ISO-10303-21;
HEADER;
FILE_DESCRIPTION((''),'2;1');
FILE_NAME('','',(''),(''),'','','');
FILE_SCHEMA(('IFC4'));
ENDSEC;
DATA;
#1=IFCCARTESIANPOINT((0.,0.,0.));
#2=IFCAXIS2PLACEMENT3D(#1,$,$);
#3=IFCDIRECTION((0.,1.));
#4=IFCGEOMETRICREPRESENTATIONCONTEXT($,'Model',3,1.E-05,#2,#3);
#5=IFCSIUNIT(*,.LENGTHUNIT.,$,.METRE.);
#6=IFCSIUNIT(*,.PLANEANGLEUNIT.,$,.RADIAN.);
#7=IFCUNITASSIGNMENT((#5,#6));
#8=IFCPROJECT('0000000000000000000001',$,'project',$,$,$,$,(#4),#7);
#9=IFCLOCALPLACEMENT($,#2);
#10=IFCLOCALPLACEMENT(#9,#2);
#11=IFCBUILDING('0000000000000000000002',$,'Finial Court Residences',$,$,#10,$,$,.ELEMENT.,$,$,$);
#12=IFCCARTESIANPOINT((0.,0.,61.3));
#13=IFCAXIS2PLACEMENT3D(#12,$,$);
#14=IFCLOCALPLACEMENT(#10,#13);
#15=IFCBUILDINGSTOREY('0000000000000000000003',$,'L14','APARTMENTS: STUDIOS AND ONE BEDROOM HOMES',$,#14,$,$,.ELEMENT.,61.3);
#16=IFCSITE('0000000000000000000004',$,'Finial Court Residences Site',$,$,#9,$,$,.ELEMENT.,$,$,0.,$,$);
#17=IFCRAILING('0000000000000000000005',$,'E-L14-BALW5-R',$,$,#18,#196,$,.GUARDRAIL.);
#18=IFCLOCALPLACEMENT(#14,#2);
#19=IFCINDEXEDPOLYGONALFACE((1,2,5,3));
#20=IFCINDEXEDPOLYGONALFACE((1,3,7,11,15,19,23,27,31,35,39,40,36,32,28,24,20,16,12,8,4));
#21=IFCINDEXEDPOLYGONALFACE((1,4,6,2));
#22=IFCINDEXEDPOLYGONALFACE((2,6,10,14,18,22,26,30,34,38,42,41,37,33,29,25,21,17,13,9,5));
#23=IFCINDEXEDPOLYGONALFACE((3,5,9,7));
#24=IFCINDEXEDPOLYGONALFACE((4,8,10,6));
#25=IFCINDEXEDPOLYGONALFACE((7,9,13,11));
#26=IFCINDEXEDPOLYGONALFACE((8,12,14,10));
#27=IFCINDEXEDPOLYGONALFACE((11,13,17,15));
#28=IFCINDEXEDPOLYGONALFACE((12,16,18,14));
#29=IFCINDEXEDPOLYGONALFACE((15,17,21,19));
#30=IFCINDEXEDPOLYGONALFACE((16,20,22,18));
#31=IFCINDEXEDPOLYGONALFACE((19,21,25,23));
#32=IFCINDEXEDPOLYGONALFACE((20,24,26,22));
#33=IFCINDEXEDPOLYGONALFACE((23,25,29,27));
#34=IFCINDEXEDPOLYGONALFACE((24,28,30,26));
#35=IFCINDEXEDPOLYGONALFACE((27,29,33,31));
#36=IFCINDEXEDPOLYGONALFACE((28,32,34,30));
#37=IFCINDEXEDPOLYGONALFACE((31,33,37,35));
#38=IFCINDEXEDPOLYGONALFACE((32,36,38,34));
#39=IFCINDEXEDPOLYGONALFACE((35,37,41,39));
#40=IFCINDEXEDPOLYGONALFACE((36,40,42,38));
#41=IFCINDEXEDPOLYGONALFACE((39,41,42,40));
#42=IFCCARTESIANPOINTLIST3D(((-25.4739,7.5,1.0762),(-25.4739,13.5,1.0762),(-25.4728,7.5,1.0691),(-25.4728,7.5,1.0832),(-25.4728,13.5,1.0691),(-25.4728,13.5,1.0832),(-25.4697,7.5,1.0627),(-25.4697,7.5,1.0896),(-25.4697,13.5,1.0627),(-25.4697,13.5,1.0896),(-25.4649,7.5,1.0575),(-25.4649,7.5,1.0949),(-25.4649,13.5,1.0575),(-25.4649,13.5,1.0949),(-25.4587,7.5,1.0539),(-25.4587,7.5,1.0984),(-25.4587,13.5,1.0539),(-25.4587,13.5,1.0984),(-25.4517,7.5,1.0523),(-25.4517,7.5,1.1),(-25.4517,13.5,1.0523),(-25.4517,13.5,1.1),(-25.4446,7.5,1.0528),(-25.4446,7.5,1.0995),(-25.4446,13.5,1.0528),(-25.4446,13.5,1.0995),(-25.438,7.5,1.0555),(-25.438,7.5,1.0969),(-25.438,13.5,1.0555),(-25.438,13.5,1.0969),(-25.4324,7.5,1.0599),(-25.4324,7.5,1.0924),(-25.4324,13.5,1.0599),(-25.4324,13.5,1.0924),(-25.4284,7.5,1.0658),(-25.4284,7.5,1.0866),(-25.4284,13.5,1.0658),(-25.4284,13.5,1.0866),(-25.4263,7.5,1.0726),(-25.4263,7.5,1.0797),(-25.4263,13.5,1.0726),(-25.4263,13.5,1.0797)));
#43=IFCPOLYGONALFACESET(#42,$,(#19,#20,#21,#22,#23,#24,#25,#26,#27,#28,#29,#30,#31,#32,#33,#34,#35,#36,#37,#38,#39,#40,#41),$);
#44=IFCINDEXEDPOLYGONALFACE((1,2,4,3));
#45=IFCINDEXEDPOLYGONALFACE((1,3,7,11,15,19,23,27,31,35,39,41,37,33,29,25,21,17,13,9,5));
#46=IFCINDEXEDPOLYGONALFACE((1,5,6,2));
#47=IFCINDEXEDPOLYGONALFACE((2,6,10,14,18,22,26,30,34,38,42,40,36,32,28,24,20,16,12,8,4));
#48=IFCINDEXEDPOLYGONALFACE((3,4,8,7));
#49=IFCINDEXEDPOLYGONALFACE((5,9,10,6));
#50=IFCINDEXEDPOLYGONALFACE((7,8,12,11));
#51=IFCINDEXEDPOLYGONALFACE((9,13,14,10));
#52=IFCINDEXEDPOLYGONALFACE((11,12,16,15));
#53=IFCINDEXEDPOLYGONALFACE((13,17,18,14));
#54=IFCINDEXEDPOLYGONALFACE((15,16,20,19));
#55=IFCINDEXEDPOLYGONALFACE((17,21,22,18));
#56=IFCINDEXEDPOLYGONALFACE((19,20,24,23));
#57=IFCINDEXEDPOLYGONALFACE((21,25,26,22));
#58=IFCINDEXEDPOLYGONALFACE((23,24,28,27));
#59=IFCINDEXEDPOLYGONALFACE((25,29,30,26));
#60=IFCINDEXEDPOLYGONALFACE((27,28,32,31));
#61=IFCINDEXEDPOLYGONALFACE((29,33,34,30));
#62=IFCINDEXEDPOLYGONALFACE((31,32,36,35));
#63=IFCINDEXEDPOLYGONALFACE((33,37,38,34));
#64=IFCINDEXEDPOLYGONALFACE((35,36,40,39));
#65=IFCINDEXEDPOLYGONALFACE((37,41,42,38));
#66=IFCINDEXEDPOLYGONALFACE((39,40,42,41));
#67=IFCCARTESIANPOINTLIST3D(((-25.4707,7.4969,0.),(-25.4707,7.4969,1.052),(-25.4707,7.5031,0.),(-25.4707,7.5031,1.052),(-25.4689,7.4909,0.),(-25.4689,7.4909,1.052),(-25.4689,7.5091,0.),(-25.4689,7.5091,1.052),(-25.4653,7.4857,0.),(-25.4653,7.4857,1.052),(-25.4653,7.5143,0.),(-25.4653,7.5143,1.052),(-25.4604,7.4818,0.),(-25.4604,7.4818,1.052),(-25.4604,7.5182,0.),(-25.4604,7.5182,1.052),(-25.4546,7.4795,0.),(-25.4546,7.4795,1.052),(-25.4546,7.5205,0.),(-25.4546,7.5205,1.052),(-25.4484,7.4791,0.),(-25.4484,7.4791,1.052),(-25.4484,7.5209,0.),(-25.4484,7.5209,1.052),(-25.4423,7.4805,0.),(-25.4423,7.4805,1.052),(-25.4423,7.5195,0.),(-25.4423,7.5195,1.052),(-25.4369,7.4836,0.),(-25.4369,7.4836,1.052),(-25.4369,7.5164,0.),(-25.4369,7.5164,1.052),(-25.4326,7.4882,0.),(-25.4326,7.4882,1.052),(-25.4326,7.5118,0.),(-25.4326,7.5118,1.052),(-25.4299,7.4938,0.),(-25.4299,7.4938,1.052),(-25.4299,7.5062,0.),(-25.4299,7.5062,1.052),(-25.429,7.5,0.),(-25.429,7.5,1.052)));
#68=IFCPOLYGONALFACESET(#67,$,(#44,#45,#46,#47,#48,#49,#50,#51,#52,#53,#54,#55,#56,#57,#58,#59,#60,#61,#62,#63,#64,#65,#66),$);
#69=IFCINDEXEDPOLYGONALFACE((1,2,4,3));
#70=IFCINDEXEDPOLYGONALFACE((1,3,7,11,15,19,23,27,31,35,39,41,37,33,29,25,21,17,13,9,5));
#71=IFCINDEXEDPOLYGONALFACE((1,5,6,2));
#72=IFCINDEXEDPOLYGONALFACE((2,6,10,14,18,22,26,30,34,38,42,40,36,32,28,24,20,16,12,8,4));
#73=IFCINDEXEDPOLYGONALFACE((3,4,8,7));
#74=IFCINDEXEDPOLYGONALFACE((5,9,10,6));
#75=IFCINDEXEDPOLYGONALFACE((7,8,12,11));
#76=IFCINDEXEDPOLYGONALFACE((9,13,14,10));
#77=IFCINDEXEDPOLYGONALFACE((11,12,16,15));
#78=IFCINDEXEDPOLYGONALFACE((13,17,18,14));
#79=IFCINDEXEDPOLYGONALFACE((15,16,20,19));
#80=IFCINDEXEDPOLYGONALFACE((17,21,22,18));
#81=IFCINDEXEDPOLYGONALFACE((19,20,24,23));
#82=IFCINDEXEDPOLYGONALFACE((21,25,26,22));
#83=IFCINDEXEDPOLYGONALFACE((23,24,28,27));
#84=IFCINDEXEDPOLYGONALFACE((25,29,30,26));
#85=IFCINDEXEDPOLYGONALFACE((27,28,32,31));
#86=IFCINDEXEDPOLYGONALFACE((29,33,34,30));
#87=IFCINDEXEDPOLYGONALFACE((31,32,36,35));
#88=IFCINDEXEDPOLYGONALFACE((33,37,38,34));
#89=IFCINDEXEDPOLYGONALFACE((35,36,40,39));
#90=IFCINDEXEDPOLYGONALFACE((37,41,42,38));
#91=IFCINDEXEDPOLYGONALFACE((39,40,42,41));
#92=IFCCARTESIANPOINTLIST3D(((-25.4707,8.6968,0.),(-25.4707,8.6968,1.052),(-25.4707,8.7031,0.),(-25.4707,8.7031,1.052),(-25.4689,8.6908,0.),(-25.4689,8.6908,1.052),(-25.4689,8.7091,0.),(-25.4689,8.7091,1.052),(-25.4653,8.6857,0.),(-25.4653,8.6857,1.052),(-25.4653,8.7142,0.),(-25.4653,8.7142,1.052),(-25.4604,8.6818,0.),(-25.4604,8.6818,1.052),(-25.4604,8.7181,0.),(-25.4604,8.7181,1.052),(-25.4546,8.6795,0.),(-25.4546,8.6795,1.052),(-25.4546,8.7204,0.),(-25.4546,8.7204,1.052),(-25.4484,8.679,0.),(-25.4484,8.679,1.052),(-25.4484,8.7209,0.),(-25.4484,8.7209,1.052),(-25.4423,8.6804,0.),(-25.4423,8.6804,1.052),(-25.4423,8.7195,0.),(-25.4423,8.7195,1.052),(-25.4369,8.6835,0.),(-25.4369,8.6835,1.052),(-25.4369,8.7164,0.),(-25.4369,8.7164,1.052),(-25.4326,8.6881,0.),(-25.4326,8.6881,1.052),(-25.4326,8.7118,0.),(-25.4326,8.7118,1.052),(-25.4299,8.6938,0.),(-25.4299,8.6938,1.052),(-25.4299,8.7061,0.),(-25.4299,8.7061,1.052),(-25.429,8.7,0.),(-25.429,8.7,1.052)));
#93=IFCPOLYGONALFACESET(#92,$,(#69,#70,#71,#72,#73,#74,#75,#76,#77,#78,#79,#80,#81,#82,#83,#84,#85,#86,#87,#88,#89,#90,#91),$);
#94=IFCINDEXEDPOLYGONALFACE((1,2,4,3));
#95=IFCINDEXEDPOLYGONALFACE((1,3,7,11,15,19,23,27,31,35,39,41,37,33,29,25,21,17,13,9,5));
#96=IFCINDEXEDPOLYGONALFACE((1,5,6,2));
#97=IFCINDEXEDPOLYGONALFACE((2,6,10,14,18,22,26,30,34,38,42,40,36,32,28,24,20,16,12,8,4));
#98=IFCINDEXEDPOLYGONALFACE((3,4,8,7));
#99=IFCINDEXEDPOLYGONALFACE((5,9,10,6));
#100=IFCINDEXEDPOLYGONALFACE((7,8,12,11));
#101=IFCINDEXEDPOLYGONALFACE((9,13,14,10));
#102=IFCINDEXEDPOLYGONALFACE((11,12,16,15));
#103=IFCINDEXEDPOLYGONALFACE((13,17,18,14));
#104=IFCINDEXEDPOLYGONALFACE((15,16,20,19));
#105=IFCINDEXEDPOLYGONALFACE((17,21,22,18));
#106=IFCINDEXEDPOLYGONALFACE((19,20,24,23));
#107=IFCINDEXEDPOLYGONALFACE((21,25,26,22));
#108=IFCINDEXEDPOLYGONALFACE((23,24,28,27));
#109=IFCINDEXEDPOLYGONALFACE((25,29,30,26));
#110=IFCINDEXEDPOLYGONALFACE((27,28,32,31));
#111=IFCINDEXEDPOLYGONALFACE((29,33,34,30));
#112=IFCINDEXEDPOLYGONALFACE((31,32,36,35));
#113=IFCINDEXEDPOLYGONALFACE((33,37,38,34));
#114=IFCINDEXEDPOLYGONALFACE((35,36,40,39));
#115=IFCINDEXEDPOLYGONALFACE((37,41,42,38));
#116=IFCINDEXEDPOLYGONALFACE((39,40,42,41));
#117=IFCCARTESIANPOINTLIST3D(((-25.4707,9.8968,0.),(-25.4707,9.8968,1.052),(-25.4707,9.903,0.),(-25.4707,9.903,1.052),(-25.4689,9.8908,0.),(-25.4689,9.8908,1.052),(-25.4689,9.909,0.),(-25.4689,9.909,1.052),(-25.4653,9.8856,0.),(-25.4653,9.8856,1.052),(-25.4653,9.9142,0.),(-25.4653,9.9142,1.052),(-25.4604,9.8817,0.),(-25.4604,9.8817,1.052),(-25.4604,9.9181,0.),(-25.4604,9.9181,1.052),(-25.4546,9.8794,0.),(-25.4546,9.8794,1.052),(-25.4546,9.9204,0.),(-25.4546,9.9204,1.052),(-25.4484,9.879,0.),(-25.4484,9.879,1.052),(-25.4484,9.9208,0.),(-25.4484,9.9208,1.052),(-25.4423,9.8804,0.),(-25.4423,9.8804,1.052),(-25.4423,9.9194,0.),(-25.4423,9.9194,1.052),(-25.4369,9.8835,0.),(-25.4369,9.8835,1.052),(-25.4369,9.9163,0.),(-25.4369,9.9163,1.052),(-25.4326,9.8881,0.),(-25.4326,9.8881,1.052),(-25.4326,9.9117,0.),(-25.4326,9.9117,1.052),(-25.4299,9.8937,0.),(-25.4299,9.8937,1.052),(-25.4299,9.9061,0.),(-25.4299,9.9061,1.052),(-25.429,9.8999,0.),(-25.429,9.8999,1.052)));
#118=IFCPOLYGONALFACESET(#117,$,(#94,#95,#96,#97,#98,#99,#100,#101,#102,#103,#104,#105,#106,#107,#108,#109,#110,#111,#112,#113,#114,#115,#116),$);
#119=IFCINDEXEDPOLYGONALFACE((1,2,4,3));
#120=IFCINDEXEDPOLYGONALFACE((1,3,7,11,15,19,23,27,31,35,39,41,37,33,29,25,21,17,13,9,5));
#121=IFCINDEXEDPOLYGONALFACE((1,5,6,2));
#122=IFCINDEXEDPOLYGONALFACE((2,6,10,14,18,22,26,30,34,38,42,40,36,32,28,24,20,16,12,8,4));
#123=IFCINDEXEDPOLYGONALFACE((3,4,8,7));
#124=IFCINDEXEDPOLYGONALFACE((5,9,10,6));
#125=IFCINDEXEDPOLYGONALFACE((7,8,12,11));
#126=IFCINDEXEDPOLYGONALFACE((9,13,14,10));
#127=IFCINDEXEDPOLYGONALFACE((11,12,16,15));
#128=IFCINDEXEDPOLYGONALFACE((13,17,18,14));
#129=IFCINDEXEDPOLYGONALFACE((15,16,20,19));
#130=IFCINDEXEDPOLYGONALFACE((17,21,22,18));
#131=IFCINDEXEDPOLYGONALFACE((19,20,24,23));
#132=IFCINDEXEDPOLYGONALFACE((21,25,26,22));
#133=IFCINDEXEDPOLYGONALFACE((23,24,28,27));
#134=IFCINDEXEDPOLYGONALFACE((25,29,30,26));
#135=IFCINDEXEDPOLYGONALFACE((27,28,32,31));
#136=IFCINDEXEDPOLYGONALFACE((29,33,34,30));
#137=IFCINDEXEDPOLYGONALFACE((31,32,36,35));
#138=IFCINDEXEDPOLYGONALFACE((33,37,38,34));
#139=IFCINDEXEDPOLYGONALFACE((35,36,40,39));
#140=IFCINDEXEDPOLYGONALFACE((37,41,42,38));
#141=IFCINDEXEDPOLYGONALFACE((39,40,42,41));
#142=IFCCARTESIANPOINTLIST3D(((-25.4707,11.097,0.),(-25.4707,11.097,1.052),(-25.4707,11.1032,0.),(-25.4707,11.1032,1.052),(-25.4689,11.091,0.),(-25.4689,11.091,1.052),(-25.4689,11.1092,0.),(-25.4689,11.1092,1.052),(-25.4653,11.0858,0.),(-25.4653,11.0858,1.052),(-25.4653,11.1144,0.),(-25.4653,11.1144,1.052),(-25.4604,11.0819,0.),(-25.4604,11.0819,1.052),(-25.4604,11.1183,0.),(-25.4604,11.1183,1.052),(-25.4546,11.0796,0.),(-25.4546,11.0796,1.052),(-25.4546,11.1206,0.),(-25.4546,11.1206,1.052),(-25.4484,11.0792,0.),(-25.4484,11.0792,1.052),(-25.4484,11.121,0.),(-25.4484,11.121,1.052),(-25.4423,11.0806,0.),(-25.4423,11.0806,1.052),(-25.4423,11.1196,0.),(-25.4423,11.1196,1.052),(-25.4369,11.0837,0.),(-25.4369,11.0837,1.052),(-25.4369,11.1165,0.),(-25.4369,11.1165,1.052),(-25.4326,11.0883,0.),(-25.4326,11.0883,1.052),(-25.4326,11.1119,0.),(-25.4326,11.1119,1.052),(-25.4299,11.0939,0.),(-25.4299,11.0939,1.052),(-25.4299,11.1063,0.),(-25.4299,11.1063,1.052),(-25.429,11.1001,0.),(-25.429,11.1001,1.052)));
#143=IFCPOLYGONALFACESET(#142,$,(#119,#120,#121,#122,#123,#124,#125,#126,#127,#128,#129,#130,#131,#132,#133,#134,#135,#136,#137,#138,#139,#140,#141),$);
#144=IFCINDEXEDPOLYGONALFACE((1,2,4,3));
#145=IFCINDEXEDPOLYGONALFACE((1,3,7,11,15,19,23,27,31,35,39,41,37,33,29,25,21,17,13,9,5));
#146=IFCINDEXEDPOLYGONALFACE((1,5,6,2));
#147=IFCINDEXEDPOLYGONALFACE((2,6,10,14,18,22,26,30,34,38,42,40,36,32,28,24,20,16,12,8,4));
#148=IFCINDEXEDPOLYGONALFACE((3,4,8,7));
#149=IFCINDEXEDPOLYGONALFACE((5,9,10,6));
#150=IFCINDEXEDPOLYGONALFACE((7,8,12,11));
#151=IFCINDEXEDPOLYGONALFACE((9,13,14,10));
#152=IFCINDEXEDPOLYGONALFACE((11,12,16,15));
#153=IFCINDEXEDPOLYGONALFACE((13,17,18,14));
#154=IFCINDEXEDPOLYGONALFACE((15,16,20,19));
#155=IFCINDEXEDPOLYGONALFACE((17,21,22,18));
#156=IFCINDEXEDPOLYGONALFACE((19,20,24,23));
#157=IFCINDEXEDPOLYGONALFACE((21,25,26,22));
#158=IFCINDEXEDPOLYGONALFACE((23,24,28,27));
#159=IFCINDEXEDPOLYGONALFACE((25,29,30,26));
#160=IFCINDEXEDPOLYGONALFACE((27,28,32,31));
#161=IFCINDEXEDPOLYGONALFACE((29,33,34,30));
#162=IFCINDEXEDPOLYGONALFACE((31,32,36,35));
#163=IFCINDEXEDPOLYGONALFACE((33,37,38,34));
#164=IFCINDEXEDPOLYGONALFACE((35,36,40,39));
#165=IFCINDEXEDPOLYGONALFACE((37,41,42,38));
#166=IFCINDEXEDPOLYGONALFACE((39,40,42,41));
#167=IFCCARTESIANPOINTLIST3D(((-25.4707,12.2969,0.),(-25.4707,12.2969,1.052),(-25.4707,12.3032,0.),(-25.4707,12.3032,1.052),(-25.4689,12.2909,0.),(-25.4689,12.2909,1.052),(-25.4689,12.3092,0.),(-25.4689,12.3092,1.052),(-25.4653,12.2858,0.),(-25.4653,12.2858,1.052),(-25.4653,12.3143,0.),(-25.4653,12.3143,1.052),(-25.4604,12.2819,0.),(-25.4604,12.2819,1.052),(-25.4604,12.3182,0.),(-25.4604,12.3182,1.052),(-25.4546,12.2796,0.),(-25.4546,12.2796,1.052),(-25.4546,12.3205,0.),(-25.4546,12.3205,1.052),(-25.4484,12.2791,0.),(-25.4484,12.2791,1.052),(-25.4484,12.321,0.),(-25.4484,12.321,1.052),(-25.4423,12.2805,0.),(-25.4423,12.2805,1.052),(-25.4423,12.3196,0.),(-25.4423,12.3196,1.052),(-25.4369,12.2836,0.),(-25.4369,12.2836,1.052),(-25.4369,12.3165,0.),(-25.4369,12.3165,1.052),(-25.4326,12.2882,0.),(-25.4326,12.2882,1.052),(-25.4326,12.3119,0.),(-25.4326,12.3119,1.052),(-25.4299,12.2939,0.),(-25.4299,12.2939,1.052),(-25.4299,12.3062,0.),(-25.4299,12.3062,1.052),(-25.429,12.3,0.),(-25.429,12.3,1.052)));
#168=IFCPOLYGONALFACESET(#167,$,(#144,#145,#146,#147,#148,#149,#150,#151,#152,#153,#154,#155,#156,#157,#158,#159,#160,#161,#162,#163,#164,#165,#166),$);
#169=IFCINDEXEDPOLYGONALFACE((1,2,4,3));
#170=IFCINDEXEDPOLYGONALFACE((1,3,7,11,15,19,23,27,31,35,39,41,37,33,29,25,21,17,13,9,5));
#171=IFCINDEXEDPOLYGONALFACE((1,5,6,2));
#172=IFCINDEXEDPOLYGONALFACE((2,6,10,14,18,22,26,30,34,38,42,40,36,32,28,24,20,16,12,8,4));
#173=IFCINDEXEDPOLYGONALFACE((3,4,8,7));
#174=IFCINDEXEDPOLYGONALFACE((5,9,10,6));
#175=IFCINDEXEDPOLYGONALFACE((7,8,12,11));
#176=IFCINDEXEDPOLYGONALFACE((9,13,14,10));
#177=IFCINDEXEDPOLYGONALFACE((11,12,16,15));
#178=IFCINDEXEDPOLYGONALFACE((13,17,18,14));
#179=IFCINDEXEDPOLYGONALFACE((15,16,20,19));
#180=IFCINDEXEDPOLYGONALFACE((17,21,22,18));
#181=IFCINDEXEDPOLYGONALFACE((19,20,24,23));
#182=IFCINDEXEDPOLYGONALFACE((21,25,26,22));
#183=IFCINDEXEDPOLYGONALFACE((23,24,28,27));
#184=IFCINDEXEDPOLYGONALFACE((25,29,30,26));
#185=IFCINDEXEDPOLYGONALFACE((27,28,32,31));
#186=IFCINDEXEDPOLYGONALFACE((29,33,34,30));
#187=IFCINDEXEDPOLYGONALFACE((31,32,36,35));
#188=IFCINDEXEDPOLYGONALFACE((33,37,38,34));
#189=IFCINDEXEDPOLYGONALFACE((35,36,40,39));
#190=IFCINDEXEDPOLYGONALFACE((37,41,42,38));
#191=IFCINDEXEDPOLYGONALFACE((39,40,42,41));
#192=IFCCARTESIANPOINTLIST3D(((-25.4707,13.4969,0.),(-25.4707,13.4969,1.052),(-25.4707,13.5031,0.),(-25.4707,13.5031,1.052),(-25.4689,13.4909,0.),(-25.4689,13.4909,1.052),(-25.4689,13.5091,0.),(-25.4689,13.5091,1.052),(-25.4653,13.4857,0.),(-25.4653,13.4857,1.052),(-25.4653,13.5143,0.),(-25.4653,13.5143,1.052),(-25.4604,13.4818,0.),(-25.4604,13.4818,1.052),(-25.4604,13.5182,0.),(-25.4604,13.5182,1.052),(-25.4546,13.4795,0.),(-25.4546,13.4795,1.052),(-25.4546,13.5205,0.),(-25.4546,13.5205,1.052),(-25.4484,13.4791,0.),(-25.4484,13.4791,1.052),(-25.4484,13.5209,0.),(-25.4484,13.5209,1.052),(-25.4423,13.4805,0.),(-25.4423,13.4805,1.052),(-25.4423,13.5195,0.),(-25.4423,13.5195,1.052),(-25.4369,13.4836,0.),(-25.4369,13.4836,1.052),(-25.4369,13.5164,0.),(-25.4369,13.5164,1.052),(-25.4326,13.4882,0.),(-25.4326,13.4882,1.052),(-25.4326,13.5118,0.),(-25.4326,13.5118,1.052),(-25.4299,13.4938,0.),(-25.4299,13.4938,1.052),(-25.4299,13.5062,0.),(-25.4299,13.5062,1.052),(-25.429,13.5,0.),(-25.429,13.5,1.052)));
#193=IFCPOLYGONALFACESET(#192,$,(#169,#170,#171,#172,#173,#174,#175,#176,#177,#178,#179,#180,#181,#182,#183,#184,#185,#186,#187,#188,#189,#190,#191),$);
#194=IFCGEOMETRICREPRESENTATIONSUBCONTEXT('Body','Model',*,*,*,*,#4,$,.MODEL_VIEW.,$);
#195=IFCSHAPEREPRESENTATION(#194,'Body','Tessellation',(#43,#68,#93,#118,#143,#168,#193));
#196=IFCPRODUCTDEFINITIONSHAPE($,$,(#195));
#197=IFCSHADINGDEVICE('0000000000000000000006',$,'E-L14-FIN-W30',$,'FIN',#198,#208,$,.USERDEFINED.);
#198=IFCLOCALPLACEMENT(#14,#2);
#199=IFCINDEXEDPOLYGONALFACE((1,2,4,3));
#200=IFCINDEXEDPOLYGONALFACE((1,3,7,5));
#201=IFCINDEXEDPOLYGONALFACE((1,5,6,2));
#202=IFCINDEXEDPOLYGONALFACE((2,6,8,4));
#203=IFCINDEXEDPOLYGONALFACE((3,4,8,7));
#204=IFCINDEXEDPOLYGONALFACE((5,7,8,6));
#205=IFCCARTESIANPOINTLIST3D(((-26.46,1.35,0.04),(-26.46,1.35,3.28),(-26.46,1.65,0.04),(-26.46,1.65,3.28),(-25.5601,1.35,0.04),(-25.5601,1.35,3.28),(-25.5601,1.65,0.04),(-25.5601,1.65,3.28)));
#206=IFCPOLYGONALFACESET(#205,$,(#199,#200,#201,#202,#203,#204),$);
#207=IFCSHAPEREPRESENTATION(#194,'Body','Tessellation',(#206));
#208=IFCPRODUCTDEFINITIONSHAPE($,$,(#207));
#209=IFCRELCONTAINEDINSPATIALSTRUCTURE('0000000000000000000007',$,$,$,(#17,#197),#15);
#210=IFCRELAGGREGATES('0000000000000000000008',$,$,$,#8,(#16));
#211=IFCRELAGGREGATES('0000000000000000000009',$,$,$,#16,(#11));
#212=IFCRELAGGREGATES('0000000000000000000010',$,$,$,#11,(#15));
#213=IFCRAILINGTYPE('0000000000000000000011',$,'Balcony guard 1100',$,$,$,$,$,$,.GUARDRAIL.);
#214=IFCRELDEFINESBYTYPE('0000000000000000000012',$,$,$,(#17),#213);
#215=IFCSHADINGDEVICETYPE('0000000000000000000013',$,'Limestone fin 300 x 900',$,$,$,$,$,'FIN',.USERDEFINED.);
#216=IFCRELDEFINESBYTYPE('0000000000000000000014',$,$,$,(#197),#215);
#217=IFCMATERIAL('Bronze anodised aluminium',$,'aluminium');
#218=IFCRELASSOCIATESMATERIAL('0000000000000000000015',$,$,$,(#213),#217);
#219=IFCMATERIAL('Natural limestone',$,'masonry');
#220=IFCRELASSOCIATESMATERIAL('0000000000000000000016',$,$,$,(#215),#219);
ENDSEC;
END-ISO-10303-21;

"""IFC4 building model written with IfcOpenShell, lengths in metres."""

from ifc_helpers import new_model, si_unit, direction, frame, origin, origin_2d, place, context, subcontext, project, spatial, rectangle, circle, extrude, material, type_object, element, save


model = new_model("IFC4")

# Units and contexts
model_context = context("Model", 3, precision=1e-05, world=origin(), true_north=direction((0.0, 1.0)))
body_context = subcontext(model_context, "Body", "Model", "MODEL_VIEW")
ifc_project = project(units=[si_unit("LENGTHUNIT", "METRE"), si_unit("PLANEANGLEUNIT", "RADIAN")], contexts=[model_context])

# Site, building, storey
site_placement = place(None, origin())
site = spatial("IfcSite", under=ifc_project, at=site_placement, Name="Finial Court Residences Site", CompositionType="ELEMENT", RefElevation=0.0)
building_placement = place(site_placement, origin())
building = spatial("IfcBuilding", under=site, at=building_placement, Name="Finial Court Residences", CompositionType="ELEMENT")
storey_placement = place(building_placement, frame((0.0, 0.0, 61.3)))
storey = spatial("IfcBuildingStorey", under=building, at=storey_placement, Name="L14", Description="APARTMENTS: STUDIOS AND ONE BEDROOM HOMES", CompositionType="ELEMENT", Elevation=61.3)

# Shared definitions
ifc_material_1 = material(Name="Bronze anodised aluminium", Category="aluminium")

# Shared definitions
ifc_material_2 = material(Name="Natural limestone", Category="masonry")

# Railing
railing_type = type_object("IfcRailingType", Name="Balcony guard 1100", PredefinedType="GUARDRAIL", material=ifc_material_1)
railing_placement = place(storey_placement, frame((-25.45, 7.5, 0.0)))
element("IfcRailing", 1, at=railing_placement, inside=storey, type_object=railing_type, Name="E-L14-BALW5-R", PredefinedType="GUARDRAIL", context=body_context, shape_type="SweptSolid", body=[
    extrude(circle(Radius=0.0239, at=origin_2d()), frame((0.0, 0.0, 1.0762), z_axis=(0.0, 1.0, 0.0), x_axis=(-1.0, 0.0, 0.0)), (0.0, 0.0, 1.0), 6.0),
    extrude(circle(Radius=0.021, at=origin_2d()), origin(), (0.0, 0.0, 1.0), 1.052),
    extrude(circle(Radius=0.021, at=origin_2d()), frame((0.0, 1.2, 0.0)), (0.0, 0.0, 1.0), 1.052),
    extrude(circle(Radius=0.021, at=origin_2d()), frame((0.0, 2.3999, 0.0)), (0.0, 0.0, 1.0), 1.052),
    extrude(circle(Radius=0.021, at=origin_2d()), frame((0.0, 3.6001, 0.0)), (0.0, 0.0, 1.0), 1.052),
    extrude(circle(Radius=0.021, at=origin_2d()), frame((0.0, 4.8, 0.0)), (0.0, 0.0, 1.0), 1.052),
    extrude(circle(Radius=0.021, at=origin_2d()), frame((0.0, 6.0, 0.0)), (0.0, 0.0, 1.0), 1.052),
])

# Shading device
shading_device_type = type_object("IfcShadingDeviceType", Name="Limestone fin 300 x 900", ElementType="FIN", PredefinedType="USERDEFINED", material=ifc_material_2)
shading_device_1_placement = place(storey_placement, frame((-26.01, 1.5, 0.04), z_axis=(0.0, 0.0, 1.0), x_axis=(1.0, 0.0, 0.0)))
element("IfcShadingDevice", 2, at=shading_device_1_placement, inside=storey, type_object=shading_device_type, Name="E-L14-FIN-W30", ObjectType="FIN", PredefinedType="USERDEFINED", context=body_context, shape_type="SweptSolid", body=[
    extrude(rectangle(XDim=0.8999, YDim=0.3, at=origin_2d()), origin(), (0.0, 0.0, 1.0), 3.24),
])

save(model, "model.ifc")
